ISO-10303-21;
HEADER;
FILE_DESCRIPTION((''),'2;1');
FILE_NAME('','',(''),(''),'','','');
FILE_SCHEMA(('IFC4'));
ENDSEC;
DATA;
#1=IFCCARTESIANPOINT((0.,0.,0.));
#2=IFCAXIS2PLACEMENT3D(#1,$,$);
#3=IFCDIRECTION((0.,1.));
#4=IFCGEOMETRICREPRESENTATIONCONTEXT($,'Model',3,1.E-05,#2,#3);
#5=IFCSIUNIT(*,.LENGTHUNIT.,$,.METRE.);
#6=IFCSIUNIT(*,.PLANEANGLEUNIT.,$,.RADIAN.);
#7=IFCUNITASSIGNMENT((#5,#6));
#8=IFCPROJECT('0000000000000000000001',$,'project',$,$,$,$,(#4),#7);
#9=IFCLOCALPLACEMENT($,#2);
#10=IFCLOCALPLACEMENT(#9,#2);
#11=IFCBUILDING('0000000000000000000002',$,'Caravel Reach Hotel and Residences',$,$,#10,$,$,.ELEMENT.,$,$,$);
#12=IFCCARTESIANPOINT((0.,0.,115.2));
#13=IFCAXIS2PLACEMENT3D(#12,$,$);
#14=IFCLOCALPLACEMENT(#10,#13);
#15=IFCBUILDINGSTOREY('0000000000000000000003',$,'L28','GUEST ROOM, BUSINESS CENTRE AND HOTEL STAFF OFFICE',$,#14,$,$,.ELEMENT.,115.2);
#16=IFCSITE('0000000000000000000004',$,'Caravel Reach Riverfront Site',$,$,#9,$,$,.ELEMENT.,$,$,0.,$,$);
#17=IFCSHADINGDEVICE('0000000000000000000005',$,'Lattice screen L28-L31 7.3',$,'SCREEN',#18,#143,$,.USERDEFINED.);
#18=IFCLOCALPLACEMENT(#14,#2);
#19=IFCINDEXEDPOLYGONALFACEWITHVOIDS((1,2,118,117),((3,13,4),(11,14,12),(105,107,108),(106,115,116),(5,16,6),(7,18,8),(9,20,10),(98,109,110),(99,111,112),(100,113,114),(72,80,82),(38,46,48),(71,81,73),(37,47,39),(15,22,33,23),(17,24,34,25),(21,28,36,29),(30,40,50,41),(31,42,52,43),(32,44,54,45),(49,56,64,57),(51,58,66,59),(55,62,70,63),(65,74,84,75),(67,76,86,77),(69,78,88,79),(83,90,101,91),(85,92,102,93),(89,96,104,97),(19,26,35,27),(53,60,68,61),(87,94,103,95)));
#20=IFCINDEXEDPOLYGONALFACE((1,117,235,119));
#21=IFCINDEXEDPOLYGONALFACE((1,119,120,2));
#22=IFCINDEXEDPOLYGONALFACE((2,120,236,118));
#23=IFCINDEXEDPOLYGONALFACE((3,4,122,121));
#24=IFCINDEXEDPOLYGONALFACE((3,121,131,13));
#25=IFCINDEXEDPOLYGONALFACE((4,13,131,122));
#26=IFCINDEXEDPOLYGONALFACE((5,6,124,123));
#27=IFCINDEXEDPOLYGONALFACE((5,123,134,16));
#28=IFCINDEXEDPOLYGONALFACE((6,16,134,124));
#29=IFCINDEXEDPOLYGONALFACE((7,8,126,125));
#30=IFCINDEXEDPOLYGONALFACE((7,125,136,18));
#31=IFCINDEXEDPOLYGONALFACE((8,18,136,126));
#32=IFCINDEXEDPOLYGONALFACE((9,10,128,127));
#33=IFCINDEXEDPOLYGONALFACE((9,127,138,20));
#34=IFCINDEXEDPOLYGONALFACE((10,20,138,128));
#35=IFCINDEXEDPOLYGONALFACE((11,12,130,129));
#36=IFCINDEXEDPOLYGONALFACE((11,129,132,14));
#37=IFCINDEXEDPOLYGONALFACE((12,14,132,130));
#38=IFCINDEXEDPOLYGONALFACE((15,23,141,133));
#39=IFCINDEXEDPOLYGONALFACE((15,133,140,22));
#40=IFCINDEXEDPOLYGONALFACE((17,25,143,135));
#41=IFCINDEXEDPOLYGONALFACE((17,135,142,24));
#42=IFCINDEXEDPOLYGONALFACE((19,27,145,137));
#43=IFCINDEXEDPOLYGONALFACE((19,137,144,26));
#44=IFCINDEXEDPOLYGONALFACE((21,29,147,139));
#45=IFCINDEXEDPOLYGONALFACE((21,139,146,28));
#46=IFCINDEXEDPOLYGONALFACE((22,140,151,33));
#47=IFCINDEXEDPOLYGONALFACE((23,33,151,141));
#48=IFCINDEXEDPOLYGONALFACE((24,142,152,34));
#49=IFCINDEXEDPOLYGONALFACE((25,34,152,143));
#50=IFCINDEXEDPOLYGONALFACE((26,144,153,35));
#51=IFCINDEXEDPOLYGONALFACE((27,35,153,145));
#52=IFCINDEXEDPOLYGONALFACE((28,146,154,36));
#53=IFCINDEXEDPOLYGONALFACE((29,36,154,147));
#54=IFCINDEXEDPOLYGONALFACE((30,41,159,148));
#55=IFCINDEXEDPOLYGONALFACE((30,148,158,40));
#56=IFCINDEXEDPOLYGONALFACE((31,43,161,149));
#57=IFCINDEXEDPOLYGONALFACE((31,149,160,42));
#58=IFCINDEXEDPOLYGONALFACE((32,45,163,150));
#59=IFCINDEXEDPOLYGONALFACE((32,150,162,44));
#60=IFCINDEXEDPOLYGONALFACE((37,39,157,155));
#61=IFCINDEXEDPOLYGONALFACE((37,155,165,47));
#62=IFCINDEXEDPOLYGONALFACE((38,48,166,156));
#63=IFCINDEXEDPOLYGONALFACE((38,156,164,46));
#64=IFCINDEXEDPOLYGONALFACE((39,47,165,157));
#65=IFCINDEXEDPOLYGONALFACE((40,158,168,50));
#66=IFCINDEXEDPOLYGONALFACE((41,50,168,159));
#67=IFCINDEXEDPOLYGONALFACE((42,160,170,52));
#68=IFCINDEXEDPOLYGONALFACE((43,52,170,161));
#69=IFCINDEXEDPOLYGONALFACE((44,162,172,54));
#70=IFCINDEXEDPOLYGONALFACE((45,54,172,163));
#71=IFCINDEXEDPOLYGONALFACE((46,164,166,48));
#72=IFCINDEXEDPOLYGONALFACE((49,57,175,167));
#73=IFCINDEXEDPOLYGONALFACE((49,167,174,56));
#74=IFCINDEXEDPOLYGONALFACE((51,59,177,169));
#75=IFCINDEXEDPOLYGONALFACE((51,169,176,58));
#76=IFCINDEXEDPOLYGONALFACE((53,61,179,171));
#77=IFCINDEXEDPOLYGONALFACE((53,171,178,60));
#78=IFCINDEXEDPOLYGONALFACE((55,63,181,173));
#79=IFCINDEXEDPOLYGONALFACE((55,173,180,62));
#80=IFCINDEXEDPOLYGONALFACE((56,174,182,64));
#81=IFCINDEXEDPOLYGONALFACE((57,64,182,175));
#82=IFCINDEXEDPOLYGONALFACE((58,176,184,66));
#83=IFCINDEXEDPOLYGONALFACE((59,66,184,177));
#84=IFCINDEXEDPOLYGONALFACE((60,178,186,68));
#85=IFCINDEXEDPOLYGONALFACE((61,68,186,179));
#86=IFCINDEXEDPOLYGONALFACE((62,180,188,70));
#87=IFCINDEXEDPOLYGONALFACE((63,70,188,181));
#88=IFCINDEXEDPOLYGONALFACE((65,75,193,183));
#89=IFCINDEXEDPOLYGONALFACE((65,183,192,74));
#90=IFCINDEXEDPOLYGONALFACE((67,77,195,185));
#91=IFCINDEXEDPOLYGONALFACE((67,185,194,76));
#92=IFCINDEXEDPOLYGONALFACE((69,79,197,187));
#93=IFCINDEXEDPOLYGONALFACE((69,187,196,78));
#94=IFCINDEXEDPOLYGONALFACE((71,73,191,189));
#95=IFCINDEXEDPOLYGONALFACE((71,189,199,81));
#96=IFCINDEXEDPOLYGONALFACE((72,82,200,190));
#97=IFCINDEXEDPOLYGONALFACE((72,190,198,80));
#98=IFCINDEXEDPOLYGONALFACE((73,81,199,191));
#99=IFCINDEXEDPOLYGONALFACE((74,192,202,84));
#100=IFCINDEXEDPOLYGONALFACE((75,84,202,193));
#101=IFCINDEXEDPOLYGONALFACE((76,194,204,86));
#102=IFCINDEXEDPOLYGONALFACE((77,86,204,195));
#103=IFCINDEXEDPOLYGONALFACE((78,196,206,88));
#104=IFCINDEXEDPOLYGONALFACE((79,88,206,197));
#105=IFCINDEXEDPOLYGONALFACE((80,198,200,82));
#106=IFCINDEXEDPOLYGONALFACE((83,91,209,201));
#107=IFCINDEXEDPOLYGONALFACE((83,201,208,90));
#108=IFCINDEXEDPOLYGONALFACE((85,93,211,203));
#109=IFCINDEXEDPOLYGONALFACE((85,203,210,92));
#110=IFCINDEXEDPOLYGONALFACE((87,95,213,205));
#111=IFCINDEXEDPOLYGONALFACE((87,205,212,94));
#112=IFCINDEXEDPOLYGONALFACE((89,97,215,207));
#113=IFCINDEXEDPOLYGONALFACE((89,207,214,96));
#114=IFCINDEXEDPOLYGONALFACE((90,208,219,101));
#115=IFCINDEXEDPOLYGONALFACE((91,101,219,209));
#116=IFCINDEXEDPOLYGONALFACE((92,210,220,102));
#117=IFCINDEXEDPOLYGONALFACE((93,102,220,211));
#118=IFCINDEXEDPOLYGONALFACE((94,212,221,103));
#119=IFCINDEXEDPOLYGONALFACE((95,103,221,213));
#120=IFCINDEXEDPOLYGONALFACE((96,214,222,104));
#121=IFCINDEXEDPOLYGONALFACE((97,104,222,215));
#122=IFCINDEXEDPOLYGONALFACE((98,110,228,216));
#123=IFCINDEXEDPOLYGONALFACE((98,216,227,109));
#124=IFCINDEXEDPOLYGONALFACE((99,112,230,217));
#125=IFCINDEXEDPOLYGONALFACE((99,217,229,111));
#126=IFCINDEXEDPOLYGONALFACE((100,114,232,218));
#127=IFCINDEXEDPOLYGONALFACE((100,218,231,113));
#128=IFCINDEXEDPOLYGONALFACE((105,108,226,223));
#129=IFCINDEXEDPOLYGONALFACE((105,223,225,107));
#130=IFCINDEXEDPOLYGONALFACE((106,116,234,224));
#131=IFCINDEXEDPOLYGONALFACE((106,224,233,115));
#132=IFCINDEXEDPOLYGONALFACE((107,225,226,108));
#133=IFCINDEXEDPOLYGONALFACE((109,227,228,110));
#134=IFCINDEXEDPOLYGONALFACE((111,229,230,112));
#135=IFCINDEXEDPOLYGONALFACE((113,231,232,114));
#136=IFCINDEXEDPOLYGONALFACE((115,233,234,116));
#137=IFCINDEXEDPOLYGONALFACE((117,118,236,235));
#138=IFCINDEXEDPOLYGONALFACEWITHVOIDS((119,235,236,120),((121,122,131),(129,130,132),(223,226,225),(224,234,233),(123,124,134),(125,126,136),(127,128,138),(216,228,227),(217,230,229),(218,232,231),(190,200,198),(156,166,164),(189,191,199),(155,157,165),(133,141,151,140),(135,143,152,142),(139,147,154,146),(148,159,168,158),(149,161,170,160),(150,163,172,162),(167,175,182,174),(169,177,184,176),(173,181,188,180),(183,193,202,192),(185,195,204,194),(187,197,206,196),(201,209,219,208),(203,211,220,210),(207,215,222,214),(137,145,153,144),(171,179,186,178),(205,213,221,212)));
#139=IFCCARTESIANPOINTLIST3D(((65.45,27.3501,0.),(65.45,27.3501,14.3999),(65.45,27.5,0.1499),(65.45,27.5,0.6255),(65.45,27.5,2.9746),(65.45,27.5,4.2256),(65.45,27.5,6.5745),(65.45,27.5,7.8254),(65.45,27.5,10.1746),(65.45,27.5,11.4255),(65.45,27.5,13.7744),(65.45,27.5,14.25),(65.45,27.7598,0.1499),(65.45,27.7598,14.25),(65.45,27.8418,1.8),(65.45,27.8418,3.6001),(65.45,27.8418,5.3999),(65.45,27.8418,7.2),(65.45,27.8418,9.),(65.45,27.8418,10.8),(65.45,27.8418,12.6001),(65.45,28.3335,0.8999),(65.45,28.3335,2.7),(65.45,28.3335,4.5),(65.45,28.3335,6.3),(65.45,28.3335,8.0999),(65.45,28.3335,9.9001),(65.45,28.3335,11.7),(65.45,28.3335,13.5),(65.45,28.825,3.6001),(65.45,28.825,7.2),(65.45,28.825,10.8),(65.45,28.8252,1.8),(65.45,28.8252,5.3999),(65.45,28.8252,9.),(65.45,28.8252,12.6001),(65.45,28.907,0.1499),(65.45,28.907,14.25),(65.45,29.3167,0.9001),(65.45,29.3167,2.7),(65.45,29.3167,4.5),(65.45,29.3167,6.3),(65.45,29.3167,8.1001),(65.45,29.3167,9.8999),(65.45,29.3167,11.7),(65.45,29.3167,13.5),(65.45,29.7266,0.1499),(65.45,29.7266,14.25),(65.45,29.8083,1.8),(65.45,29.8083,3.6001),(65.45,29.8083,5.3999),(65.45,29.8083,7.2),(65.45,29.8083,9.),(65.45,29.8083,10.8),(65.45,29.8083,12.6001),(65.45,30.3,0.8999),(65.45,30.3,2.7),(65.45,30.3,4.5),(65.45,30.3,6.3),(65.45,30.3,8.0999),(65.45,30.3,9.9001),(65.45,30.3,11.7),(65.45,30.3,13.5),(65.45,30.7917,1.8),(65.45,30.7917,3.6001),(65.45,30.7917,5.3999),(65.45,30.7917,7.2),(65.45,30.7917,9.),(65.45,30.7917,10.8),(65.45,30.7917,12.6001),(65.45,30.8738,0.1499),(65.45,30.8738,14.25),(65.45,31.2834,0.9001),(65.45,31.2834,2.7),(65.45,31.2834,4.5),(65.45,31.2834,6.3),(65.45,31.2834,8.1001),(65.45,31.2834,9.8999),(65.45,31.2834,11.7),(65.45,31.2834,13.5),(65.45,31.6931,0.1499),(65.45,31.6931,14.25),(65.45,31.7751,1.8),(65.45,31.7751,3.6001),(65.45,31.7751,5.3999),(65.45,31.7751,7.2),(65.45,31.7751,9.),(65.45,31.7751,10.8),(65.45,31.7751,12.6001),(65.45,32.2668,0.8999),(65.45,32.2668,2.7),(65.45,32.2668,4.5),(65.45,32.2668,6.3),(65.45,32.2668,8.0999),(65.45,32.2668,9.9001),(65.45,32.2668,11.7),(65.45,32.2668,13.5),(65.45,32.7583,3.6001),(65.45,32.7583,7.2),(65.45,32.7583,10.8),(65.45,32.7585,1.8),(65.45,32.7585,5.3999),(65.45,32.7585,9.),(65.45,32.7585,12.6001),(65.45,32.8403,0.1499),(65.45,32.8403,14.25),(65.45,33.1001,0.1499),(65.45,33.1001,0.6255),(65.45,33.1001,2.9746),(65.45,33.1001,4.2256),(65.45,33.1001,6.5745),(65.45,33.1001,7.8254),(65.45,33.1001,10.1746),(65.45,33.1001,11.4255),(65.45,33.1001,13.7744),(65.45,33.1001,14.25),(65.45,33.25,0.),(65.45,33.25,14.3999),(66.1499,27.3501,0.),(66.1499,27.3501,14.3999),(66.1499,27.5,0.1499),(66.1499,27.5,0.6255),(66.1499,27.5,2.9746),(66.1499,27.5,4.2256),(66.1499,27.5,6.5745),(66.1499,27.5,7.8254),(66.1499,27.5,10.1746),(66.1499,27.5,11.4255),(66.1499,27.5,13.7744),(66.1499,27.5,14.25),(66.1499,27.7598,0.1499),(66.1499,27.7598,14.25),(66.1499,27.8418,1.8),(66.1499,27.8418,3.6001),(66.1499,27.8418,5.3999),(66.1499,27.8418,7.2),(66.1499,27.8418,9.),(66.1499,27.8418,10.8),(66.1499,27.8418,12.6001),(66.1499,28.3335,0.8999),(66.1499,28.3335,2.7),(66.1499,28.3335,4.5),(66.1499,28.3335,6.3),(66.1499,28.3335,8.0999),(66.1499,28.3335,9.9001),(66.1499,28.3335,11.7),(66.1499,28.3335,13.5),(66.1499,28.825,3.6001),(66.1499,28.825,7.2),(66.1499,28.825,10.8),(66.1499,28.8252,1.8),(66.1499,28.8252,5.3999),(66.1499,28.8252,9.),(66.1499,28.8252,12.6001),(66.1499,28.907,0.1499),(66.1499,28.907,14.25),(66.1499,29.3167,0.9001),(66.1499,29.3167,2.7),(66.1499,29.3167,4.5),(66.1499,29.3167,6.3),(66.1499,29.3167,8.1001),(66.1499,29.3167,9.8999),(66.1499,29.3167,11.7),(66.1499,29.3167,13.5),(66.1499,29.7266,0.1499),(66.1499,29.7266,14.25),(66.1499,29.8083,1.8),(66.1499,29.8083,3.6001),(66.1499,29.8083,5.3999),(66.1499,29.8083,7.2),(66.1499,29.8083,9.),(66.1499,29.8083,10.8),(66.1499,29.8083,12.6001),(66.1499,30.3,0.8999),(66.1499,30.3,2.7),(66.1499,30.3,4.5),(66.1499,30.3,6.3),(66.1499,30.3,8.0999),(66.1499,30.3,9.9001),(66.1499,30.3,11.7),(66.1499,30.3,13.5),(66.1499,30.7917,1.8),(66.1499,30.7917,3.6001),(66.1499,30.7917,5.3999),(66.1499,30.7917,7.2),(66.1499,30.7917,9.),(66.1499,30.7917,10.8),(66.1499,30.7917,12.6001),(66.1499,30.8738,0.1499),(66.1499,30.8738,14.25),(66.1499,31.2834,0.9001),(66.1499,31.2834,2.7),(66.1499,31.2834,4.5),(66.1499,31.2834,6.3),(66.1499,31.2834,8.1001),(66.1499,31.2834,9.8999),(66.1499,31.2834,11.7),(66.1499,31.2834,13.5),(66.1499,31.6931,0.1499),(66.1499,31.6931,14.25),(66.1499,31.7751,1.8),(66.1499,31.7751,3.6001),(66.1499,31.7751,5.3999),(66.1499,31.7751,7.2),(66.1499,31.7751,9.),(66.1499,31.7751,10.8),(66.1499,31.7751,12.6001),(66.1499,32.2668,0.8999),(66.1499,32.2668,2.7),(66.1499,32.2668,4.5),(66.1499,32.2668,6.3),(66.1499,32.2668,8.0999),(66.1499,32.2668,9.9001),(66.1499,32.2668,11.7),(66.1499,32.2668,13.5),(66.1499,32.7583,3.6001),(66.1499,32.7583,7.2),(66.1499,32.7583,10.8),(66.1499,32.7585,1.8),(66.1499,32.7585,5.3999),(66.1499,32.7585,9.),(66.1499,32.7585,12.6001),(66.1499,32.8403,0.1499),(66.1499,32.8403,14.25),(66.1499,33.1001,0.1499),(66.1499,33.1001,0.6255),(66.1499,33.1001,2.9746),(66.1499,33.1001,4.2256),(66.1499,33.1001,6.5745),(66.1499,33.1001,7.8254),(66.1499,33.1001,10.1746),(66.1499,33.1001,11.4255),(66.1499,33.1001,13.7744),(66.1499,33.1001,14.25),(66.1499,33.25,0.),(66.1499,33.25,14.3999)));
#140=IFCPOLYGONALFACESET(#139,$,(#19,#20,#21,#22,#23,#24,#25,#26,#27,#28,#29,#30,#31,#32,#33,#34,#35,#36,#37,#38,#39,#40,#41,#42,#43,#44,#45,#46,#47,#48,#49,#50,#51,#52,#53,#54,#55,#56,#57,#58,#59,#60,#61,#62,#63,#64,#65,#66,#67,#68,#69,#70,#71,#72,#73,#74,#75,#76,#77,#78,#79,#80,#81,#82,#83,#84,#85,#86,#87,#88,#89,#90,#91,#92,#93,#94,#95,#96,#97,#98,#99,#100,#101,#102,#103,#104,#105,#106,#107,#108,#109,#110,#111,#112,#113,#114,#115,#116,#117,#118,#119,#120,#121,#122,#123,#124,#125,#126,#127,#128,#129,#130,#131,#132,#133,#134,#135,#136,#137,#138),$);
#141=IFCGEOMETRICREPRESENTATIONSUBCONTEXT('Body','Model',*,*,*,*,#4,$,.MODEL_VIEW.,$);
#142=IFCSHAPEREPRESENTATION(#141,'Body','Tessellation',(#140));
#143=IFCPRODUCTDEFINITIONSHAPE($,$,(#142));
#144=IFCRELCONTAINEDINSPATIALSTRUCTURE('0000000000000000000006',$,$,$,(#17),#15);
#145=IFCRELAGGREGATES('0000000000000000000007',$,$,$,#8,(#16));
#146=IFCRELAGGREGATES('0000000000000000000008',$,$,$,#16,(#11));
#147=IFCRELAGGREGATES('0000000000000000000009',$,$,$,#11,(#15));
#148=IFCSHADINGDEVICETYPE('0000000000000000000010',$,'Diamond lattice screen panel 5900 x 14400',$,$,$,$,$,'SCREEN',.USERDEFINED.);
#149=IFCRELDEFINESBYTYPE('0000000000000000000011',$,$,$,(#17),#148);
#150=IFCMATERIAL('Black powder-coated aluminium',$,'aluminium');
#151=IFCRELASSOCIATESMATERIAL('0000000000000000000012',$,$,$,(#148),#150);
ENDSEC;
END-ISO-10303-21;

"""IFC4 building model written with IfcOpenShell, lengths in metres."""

from ifc_helpers import new_model, si_unit, direction, frame, origin, place, context, subcontext, project, spatial, polyline, outline, extrude, material, type_object, element, save


model = new_model("IFC4")

# Units and contexts
model_context = context("Model", 3, precision=1e-05, world=origin(), true_north=direction((0.0, 1.0)))
body_context = subcontext(model_context, "Body", "Model", "MODEL_VIEW")
ifc_project = project(units=[si_unit("LENGTHUNIT", "METRE"), si_unit("PLANEANGLEUNIT", "RADIAN")], contexts=[model_context])

# Site, building, storey
site_placement = place(None, origin())
site = spatial("IfcSite", under=ifc_project, at=site_placement, Name="Caravel Reach Riverfront Site", CompositionType="ELEMENT", RefElevation=0.0)
building_placement = place(site_placement, origin())
building = spatial("IfcBuilding", under=site, at=building_placement, Name="Caravel Reach Hotel and Residences", CompositionType="ELEMENT")
storey_placement = place(building_placement, frame((0.0, 0.0, 115.2)))
storey = spatial("IfcBuildingStorey", under=building, at=storey_placement, Name="L28", Description="GUEST ROOM, BUSINESS CENTRE AND HOTEL STAFF OFFICE", CompositionType="ELEMENT", Elevation=115.2)

# Shading device
ifc_material_1 = material(Name="Black powder-coated aluminium", Category="aluminium")
shading_device_type_1 = type_object("IfcShadingDeviceType", Name="Diamond lattice screen panel 5900 x 14400", ElementType="SCREEN", PredefinedType="USERDEFINED", material=ifc_material_1)
shading_device_1_placement = place(storey_placement, frame((65.45, 27.3501, 0.0), z_axis=(1.0, 0.0, 0.0), x_axis=(0.0, 1.0, 0.0)))
element("IfcShadingDevice", 1, at=shading_device_1_placement, inside=storey, type_object=shading_device_type_1, Name="Lattice screen L28-L31 7.3", ObjectType="SCREEN", PredefinedType="USERDEFINED", context=body_context, shape_type="SweptSolid", body=[
    extrude(outline(polyline([(0.0, 0.0), (5.8999, 0.0), (5.8999, 14.3999), (0.0, 14.3999), (0.0, 0.0)]), holes=[polyline([(0.4097, 0.1499), (0.1499, 0.6255), (0.1499, 0.1499), (0.4097, 0.1499)]), polyline([(0.4917, 3.6001), (0.1499, 4.2256), (0.1499, 2.9746), (0.4917, 3.6001)]), polyline([(0.4917, 7.2), (0.1499, 7.8254), (0.1499, 6.5745), (0.4917, 7.2)]), polyline([(0.4917, 10.8), (0.1499, 11.4255), (0.1499, 10.1746), (0.4917, 10.8)]), polyline([(0.1499, 13.7744), (0.4097, 14.25), (0.1499, 14.25), (0.1499, 13.7744)]), polyline([(0.9834, 2.7), (0.4917, 1.8), (0.9834, 0.8999), (1.4751, 1.8), (0.9834, 2.7)]), polyline([(0.9834, 6.3), (0.4917, 5.3999), (0.9834, 4.5), (1.4751, 5.3999), (0.9834, 6.3)]), polyline([(0.9834, 9.9001), (0.4917, 9.0), (0.9834, 8.0999), (1.4751, 9.0), (0.9834, 9.9001)]), polyline([(0.9834, 13.5), (0.4917, 12.6001), (0.9834, 11.7), (1.4751, 12.6001), (0.9834, 13.5)]), polyline([(1.9666, 0.9001), (1.5569, 0.1499), (2.3765, 0.1499), (1.9666, 0.9001)]), polyline([(1.9666, 4.5), (1.4749, 3.6001), (1.9666, 2.7), (2.4583, 3.6001), (1.9666, 4.5)]), polyline([(1.9666, 8.1001), (1.4749, 7.2), (1.9666, 6.3), (2.4583, 7.2), (1.9666, 8.1001)]), polyline([(1.9666, 11.7), (1.4749, 10.8), (1.9666, 9.8999), (2.4583, 10.8), (1.9666, 11.7)]), polyline([(1.9666, 13.5), (2.3765, 14.25), (1.5569, 14.25), (1.9666, 13.5)]), polyline([(2.95, 2.7), (2.4583, 1.8), (2.95, 0.8999), (3.4417, 1.8), (2.95, 2.7)]), polyline([(2.95, 6.3), (2.4583, 5.3999), (2.95, 4.5), (3.4417, 5.3999), (2.95, 6.3)]), polyline([(2.95, 9.9001), (2.4583, 9.0), (2.95, 8.0999), (3.4417, 9.0), (2.95, 9.9001)]), polyline([(2.95, 13.5), (2.4583, 12.6001), (2.95, 11.7), (3.4417, 12.6001), (2.95, 13.5)]), polyline([(3.9333, 0.9001), (3.5237, 0.1499), (4.343, 0.1499), (3.9333, 0.9001)]), polyline([(3.9333, 4.5), (3.4417, 3.6001), (3.9333, 2.7), (4.425, 3.6001), (3.9333, 4.5)]), polyline([(3.9333, 8.1001), (3.4417, 7.2), (3.9333, 6.3), (4.425, 7.2), (3.9333, 8.1001)]), polyline([(3.9333, 11.7), (3.4417, 10.8), (3.9333, 9.8999), (4.425, 10.8), (3.9333, 11.7)]), polyline([(3.9333, 13.5), (4.343, 14.25), (3.5237, 14.25), (3.9333, 13.5)]), polyline([(4.9167, 2.7), (4.425, 1.8), (4.9167, 0.8999), (5.4084, 1.8), (4.9167, 2.7)]), polyline([(4.9167, 6.3), (4.425, 5.3999), (4.9167, 4.5), (5.4084, 5.3999), (4.9167, 6.3)]), polyline([(4.9167, 9.9001), (4.425, 9.0), (4.9167, 8.0999), (5.4084, 9.0), (4.9167, 9.9001)]), polyline([(4.9167, 13.5), (4.425, 12.6001), (4.9167, 11.7), (5.4084, 12.6001), (4.9167, 13.5)]), polyline([(5.75, 0.6255), (5.4902, 0.1499), (5.75, 0.1499), (5.75, 0.6255)]), polyline([(5.4082, 3.6001), (5.75, 2.9746), (5.75, 4.2256), (5.4082, 3.6001)]), polyline([(5.4082, 7.2), (5.75, 6.5745), (5.75, 7.8254), (5.4082, 7.2)]), polyline([(5.4082, 10.8), (5.75, 10.1746), (5.75, 11.4255), (5.4082, 10.8)]), polyline([(5.4902, 14.25), (5.75, 13.7744), (5.75, 14.25), (5.4902, 14.25)])]), origin(), (0.0, 0.0, 1.0), 0.7),
])

save(model, "model.ifc")
